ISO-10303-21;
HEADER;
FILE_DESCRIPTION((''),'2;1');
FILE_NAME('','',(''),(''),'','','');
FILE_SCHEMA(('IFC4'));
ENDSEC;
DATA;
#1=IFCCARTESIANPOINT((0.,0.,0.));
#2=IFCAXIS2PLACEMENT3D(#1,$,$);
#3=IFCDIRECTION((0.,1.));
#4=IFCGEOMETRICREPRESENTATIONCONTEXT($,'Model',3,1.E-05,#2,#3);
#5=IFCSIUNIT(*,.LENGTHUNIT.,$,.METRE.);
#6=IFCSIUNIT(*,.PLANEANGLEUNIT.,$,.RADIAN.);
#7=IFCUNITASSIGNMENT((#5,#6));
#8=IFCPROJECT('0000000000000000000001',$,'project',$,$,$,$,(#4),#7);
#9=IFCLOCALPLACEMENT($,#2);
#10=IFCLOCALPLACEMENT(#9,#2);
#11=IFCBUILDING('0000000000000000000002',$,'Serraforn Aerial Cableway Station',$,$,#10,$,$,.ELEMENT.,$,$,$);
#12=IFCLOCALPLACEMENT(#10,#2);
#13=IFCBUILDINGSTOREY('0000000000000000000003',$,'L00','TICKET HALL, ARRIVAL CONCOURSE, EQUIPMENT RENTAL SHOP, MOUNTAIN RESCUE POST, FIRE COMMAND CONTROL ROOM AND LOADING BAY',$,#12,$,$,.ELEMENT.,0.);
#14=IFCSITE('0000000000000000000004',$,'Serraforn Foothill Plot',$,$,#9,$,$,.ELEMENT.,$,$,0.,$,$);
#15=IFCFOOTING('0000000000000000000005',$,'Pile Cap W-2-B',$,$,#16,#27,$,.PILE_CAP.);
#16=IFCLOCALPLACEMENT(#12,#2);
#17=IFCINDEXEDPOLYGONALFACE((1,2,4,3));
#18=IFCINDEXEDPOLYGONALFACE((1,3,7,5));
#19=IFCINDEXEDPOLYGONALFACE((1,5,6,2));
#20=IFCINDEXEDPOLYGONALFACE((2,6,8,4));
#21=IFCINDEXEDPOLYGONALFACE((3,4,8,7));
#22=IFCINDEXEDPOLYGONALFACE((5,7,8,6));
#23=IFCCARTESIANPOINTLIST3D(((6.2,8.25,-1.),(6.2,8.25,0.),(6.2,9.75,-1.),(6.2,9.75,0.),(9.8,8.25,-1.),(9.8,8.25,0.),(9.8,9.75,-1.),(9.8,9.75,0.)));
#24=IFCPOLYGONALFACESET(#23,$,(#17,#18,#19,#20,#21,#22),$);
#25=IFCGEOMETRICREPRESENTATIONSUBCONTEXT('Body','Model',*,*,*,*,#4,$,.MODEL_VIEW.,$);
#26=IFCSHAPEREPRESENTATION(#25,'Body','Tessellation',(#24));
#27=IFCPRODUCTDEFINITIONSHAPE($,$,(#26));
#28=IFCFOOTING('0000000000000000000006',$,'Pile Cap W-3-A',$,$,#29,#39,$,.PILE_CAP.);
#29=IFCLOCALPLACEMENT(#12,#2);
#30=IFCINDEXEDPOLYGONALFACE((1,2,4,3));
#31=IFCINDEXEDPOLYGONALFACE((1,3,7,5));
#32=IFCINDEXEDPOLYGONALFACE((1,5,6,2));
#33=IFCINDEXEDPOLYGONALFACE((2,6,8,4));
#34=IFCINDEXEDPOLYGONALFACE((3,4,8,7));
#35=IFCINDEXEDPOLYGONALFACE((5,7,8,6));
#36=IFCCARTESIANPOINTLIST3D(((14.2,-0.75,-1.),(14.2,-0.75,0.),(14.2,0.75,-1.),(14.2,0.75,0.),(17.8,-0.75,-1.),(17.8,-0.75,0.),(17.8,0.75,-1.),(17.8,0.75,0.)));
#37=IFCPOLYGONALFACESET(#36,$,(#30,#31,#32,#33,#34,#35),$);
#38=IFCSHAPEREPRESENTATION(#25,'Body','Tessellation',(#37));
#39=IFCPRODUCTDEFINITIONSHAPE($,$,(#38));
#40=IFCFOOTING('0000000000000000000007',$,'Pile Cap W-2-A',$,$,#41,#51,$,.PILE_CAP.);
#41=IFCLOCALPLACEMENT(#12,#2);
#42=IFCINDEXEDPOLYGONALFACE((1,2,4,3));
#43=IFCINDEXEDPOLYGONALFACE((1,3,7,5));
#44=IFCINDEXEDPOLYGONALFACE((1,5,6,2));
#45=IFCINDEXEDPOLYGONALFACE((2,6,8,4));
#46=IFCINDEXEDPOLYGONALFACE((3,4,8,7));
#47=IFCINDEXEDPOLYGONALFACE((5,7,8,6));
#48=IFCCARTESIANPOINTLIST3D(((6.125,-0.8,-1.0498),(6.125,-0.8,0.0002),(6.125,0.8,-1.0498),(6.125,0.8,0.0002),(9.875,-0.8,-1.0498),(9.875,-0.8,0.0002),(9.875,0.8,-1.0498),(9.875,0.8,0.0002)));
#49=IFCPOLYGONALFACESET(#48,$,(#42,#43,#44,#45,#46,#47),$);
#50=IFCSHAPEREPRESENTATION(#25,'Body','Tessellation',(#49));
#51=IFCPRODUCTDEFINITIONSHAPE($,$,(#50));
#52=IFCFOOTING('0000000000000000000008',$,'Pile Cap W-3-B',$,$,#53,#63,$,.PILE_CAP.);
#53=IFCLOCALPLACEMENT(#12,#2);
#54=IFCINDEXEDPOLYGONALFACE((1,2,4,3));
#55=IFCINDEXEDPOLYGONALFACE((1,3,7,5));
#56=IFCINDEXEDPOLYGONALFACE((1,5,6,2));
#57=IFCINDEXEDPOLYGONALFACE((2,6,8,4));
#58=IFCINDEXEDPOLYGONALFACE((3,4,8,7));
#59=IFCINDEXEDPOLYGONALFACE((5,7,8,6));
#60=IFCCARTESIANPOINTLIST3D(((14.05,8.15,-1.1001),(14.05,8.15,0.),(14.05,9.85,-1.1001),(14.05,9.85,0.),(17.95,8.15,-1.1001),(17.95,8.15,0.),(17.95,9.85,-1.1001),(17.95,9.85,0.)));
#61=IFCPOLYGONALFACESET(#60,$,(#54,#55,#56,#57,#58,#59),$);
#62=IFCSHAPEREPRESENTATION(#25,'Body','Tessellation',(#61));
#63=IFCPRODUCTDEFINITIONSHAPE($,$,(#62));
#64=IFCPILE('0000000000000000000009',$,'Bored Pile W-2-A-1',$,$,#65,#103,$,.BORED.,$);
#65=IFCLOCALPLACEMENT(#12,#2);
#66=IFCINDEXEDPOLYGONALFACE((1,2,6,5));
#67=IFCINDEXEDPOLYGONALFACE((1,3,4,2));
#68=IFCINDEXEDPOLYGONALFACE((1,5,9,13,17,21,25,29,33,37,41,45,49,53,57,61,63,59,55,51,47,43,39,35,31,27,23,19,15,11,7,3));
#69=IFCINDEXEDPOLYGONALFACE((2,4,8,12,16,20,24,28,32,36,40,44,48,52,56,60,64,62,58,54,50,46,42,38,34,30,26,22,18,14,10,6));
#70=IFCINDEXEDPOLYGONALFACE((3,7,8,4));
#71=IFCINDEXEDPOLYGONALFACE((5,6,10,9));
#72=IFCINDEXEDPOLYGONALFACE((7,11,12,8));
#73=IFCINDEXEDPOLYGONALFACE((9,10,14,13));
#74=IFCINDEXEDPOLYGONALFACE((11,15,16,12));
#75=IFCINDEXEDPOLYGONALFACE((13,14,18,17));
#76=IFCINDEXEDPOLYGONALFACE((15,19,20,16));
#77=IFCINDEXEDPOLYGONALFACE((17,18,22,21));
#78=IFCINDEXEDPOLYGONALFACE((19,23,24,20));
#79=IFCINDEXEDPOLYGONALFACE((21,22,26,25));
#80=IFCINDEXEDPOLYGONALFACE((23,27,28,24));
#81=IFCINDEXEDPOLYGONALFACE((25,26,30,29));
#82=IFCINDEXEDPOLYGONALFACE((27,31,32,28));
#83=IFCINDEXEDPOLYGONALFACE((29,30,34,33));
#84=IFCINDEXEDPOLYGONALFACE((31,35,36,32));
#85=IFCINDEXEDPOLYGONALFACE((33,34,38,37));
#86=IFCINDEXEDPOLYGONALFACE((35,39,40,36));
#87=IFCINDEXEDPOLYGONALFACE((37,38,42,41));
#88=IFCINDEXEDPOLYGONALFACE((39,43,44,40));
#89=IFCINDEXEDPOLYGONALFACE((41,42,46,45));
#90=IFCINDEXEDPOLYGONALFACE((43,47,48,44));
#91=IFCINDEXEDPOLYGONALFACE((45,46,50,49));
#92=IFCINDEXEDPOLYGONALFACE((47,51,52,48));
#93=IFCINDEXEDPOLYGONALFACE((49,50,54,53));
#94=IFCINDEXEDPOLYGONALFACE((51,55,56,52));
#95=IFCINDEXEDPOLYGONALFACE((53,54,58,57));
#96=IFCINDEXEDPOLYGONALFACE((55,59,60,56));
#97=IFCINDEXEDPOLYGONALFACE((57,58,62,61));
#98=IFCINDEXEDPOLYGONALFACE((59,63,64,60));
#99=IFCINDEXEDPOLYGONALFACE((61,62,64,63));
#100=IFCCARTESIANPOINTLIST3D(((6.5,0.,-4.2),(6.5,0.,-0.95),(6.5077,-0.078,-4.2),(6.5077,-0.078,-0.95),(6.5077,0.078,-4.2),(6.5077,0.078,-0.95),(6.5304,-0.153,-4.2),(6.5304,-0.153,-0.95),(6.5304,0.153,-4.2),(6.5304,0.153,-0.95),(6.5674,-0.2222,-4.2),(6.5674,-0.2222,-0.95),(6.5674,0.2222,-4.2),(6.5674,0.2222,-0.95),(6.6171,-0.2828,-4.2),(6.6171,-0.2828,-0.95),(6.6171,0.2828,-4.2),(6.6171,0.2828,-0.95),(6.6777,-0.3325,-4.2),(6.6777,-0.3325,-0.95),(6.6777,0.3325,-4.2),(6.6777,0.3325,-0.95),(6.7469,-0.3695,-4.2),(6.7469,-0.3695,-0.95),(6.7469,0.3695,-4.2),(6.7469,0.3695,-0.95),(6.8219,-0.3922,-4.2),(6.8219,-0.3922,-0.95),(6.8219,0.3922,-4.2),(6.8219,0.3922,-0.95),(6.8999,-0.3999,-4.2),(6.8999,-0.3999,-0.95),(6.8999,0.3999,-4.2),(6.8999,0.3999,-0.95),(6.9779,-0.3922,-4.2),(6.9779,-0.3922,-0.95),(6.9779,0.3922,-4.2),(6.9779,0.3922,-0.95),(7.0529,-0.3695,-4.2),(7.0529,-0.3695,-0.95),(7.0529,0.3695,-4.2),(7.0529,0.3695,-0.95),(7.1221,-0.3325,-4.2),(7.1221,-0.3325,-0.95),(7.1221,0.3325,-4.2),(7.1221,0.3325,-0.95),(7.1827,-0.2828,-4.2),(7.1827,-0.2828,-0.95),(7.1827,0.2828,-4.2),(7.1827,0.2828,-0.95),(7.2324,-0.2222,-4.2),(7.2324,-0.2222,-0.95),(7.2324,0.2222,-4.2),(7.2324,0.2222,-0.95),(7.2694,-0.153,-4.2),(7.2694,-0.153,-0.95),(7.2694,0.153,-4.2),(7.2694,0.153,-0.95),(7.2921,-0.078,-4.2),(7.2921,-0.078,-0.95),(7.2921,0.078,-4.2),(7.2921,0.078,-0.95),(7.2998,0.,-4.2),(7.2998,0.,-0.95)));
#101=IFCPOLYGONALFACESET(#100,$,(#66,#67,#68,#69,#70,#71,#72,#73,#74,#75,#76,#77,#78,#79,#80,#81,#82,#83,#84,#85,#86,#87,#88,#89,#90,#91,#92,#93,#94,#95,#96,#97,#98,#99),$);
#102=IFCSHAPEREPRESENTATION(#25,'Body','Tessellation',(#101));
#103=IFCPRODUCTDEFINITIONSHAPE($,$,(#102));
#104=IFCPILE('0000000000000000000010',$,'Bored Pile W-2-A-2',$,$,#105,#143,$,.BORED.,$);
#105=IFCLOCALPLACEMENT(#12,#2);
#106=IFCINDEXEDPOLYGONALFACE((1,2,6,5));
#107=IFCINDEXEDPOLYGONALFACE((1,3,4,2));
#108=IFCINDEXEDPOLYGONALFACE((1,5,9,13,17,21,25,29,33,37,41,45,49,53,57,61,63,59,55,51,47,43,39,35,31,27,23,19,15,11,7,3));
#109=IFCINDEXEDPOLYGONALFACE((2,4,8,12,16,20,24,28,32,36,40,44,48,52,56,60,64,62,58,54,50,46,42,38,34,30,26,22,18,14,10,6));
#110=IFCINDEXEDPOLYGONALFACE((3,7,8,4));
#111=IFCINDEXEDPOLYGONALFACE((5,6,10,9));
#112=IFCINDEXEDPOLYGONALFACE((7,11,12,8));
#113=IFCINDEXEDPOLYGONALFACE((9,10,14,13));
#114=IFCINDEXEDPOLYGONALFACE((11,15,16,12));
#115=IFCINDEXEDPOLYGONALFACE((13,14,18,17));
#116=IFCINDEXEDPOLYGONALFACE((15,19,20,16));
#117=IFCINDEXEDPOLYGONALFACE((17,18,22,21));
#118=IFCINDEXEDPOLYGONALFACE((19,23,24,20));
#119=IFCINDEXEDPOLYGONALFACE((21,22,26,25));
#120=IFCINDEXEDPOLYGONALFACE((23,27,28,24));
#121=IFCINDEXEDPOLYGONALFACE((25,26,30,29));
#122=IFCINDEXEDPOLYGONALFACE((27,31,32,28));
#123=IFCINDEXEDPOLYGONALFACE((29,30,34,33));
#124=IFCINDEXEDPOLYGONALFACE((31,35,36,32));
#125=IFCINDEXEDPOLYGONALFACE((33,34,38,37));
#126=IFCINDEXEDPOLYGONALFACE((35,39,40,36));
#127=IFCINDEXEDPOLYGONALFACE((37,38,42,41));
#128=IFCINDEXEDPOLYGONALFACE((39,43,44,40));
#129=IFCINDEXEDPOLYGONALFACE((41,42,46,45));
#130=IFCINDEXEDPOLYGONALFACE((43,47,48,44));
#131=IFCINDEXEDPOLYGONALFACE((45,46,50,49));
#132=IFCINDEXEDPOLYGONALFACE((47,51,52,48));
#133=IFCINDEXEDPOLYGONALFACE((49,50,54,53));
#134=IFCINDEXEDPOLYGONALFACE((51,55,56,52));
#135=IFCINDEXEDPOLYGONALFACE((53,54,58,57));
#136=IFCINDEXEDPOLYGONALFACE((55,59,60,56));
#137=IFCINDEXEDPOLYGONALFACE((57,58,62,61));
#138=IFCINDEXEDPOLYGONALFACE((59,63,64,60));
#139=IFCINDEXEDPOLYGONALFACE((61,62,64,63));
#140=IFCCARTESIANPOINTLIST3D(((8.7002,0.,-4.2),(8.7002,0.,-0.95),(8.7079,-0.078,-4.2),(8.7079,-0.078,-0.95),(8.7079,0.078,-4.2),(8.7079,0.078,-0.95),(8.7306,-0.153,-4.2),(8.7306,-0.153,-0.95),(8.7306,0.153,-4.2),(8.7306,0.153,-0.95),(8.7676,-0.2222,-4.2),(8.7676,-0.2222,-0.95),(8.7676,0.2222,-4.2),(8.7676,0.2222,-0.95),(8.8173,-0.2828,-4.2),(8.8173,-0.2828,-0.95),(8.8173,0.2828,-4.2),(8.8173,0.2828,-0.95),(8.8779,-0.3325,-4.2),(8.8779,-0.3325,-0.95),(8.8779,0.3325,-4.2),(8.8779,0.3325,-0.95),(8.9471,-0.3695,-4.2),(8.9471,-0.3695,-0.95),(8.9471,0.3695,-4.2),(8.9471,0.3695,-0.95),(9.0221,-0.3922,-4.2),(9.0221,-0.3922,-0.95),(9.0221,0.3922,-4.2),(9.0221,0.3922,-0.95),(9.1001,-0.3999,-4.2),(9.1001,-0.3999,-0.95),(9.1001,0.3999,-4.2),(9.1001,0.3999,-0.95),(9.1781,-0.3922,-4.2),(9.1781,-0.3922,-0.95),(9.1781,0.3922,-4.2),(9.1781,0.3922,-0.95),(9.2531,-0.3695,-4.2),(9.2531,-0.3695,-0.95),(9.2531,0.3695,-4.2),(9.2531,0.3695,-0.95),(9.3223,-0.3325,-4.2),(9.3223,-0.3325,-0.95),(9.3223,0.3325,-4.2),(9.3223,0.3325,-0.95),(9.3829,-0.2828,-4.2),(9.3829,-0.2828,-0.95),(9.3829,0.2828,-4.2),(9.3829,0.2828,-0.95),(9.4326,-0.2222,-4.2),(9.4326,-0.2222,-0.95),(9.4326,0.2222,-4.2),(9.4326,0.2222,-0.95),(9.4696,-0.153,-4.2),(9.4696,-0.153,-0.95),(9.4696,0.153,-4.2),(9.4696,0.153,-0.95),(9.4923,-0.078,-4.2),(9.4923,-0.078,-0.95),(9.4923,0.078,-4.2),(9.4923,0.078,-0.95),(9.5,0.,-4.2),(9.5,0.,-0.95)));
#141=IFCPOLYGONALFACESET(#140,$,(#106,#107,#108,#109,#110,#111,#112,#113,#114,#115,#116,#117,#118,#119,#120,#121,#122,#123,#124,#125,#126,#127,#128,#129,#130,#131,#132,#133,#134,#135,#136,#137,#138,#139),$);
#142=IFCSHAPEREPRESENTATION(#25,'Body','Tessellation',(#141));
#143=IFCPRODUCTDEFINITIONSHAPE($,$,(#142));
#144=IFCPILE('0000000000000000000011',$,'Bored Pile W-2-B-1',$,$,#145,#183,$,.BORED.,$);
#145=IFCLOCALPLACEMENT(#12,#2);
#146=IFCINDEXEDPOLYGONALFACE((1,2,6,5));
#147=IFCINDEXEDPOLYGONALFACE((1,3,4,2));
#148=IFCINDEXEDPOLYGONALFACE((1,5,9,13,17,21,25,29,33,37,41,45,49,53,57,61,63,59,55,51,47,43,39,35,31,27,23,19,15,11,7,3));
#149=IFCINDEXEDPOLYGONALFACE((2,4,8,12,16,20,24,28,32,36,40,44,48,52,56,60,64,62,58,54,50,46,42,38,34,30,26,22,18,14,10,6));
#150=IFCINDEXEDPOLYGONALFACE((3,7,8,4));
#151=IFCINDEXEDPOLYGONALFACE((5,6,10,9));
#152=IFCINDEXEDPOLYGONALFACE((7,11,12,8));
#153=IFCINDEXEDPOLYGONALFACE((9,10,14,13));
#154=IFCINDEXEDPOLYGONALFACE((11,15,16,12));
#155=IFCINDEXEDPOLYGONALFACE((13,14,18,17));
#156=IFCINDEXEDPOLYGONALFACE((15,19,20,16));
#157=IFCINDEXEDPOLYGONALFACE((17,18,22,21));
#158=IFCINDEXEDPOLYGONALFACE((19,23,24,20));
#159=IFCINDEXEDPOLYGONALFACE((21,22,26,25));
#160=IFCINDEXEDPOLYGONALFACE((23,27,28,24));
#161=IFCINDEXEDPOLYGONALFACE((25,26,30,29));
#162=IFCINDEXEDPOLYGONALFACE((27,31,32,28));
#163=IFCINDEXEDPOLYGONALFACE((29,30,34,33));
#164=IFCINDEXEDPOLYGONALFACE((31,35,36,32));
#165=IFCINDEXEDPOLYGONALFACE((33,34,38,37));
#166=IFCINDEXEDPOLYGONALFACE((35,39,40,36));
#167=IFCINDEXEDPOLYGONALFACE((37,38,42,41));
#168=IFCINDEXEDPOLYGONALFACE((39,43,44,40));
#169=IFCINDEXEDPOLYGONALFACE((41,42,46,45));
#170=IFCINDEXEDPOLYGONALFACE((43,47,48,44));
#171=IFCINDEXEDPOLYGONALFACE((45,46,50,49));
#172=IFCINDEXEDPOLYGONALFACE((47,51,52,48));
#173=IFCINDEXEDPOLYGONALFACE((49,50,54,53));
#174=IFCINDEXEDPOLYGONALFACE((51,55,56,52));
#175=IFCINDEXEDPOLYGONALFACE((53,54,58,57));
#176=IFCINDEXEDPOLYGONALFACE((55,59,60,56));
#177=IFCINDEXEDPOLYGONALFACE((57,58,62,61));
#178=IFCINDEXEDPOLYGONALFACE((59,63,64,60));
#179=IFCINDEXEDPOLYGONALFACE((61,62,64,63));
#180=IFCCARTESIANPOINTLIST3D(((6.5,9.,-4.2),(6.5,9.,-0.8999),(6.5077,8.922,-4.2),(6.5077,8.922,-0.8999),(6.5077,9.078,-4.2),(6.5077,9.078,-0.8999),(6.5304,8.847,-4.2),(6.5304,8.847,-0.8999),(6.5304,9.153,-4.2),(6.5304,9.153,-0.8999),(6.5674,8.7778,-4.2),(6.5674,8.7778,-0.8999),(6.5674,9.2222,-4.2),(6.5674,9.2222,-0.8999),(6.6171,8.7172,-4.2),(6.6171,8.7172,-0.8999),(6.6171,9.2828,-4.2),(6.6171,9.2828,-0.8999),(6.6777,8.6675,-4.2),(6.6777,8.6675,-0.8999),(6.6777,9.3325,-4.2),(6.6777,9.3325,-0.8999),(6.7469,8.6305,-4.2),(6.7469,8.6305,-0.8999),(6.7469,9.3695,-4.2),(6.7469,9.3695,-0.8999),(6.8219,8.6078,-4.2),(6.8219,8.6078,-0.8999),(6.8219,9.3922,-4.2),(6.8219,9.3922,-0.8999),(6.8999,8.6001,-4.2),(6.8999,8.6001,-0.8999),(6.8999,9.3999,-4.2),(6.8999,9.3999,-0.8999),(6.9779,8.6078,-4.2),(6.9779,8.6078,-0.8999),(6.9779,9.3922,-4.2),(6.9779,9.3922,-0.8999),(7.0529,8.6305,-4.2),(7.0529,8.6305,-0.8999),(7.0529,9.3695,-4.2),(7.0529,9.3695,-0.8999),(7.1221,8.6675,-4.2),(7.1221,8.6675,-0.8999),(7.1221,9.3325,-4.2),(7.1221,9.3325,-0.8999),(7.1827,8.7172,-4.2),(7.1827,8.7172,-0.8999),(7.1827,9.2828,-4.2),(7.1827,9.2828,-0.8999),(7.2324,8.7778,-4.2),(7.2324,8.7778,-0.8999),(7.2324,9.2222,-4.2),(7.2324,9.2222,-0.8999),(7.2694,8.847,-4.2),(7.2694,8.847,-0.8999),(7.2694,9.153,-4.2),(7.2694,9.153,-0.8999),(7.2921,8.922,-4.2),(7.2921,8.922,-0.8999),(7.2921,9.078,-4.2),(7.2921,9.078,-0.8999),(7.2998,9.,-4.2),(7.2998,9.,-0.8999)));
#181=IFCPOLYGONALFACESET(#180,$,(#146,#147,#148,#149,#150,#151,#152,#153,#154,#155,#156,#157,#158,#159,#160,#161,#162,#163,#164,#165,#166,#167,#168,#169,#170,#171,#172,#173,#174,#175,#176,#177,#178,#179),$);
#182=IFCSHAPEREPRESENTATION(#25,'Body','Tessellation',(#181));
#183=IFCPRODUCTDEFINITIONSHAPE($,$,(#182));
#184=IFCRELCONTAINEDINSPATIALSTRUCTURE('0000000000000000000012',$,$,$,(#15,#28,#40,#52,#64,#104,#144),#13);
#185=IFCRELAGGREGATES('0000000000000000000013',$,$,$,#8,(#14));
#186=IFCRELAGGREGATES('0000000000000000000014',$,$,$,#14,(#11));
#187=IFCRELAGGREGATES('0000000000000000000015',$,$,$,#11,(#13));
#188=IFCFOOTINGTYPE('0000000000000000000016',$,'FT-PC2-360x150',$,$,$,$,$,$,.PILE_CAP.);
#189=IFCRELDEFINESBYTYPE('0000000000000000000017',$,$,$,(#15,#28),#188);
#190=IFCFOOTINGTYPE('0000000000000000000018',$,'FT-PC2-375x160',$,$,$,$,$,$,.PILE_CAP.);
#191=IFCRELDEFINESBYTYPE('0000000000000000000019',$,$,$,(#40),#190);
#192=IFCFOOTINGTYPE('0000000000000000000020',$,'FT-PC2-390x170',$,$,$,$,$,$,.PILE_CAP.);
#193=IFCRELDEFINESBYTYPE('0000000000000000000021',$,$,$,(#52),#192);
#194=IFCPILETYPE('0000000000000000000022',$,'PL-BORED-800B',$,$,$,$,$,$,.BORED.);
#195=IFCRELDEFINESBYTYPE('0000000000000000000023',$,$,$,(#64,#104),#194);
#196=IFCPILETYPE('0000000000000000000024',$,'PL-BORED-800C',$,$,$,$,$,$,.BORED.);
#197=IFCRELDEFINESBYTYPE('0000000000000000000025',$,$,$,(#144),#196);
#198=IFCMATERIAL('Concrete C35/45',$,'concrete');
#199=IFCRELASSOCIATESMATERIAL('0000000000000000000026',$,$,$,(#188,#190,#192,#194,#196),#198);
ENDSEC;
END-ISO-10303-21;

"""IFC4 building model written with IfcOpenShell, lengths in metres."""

from ifc_helpers import new_model, si_unit, direction, frame, origin, origin_2d, place, context, subcontext, project, spatial, rectangle, circle, extrude, material, material_profile, profile_set, type_object, element, save


model = new_model("IFC4")

# Units and contexts
model_context = context("Model", 3, precision=1e-05, world=origin(), true_north=direction((0.0, 1.0)))
body_context = subcontext(model_context, "Body", "Model", "MODEL_VIEW")
ifc_project = project(units=[si_unit("LENGTHUNIT", "METRE"), si_unit("PLANEANGLEUNIT", "RADIAN")], contexts=[model_context])

# Site, building, storey
site_placement = place(None, origin())
site = spatial("IfcSite", under=ifc_project, at=site_placement, Name="Serraforn Foothill Plot", CompositionType="ELEMENT", RefElevation=0.0)
building_placement = place(site_placement, origin())
building = spatial("IfcBuilding", under=site, at=building_placement, Name="Serraforn Aerial Cableway Station", CompositionType="ELEMENT")
storey_placement = place(building_placement, origin())
storey = spatial("IfcBuildingStorey", under=building, at=storey_placement, Name="L00", Description="TICKET HALL, ARRIVAL CONCOURSE, EQUIPMENT RENTAL SHOP, MOUNTAIN RESCUE POST, FIRE COMMAND CONTROL ROOM AND LOADING BAY", CompositionType="ELEMENT", Elevation=0.0)

# Footings
ifc_material_1 = material(Name="Concrete C35/45", Category="concrete")
footing_type_1 = type_object("IfcFootingType", Name="FT-PC2-360x150", PredefinedType="PILE_CAP", material=ifc_material_1)
for number, where, z_axis, x_axis, name in (
    (1, (8.0, 9.0, -1.0), (0.0, 0.0, 1.0), (1.0, 0.0, 0.0), "Pile Cap W-2-B"),
    (2, (16.0, 0.0, -1.0), (0.0, 0.0, 1.0), (1.0, 0.0, 0.0), "Pile Cap W-3-A"),
):
    element("IfcFooting", number, at=place(storey_placement, frame(where, z_axis=z_axis, x_axis=x_axis)), inside=storey, type_object=footing_type_1, Name=name, PredefinedType="PILE_CAP", context=body_context, shape_type="SweptSolid", body=[
        extrude(rectangle(XDim=3.6001, YDim=1.5, at=origin_2d()), origin(), (0.0, 0.0, 1.0), 1.0),
    ])
footing_type_2 = type_object("IfcFootingType", Name="FT-PC2-375x160", PredefinedType="PILE_CAP", material=ifc_material_1)
footing_1_placement = place(storey_placement, frame((8.0, 0.0, -1.0498), z_axis=(0.0, 0.0, 1.0), x_axis=(1.0, 0.0, 0.0)))
element("IfcFooting", 3, at=footing_1_placement, inside=storey, type_object=footing_type_2, Name="Pile Cap W-2-A", PredefinedType="PILE_CAP", context=body_context, shape_type="SweptSolid", body=[
    extrude(rectangle(XDim=3.75, YDim=1.6001, at=origin_2d()), origin(), (0.0, 0.0, 1.0), 1.05),
])
footing_type_3 = type_object("IfcFootingType", Name="FT-PC2-390x170", PredefinedType="PILE_CAP", material=ifc_material_1)
footing_2_placement = place(storey_placement, frame((16.0, 9.0, -1.1001), z_axis=(0.0, 0.0, 1.0), x_axis=(1.0, 0.0, 0.0)))
element("IfcFooting", 4, at=footing_2_placement, inside=storey, type_object=footing_type_3, Name="Pile Cap W-3-B", PredefinedType="PILE_CAP", context=body_context, shape_type="SweptSolid", body=[
    extrude(rectangle(XDim=3.8999, YDim=1.7, at=origin_2d()), origin(), (0.0, 0.0, 1.0), 1.1001),
])

# Piles
ifc_material_profile_1 = material_profile(ifc_material_1, circle(Radius=0.3999, at=origin_2d()), Name="BORED PILE D800")
ifc_profile_set_1 = profile_set([ifc_material_profile_1], Name="Concrete C35/45")
pile_type_1 = type_object("IfcPileType", Name="PL-BORED-800B", PredefinedType="BORED", material=ifc_profile_set_1)
for number, where, z_axis, x_axis, name in (
    (5, (6.8999, 0.0, -0.95), (0.0, 0.0, -1.0), (1.0, 0.0, 0.0), "Bored Pile W-2-A-1"),
    (6, (9.1001, 0.0, -0.95), (0.0, 0.0, -1.0), (1.0, 0.0, 0.0), "Bored Pile W-2-A-2"),
):
    element("IfcPile", number, at=place(storey_placement, frame(where, z_axis=z_axis, x_axis=x_axis)), inside=storey, type_object=pile_type_1, Name=name, PredefinedType="BORED", context=body_context, shape_type="SweptSolid", body=[
        extrude(circle(Radius=0.3999, at=origin_2d()), origin(), (0.0, 0.0, 1.0), 3.25),
    ])
ifc_material_profile_2 = material_profile(ifc_material_1, circle(Radius=0.3999, at=origin_2d()), Name="BORED PILE D800")
ifc_profile_set_2 = profile_set([ifc_material_profile_2], Name="Concrete C35/45")
pile_type_2 = type_object("IfcPileType", Name="PL-BORED-800C", PredefinedType="BORED", material=ifc_profile_set_2)
for number, where, z_axis, x_axis, name in (
    (7, (6.8999, 9.0, -0.8999), (0.0, 0.0, -1.0), (1.0, 0.0, 0.0), "Bored Pile W-2-B-1"),
):
    element("IfcPile", number, at=place(storey_placement, frame(where, z_axis=z_axis, x_axis=x_axis)), inside=storey, type_object=pile_type_2, Name=name, PredefinedType="BORED", context=body_context, shape_type="SweptSolid", body=[
        extrude(circle(Radius=0.3999, at=origin_2d()), origin(), (0.0, 0.0, 1.0), 3.3),
    ])

save(model, "model.ifc")
